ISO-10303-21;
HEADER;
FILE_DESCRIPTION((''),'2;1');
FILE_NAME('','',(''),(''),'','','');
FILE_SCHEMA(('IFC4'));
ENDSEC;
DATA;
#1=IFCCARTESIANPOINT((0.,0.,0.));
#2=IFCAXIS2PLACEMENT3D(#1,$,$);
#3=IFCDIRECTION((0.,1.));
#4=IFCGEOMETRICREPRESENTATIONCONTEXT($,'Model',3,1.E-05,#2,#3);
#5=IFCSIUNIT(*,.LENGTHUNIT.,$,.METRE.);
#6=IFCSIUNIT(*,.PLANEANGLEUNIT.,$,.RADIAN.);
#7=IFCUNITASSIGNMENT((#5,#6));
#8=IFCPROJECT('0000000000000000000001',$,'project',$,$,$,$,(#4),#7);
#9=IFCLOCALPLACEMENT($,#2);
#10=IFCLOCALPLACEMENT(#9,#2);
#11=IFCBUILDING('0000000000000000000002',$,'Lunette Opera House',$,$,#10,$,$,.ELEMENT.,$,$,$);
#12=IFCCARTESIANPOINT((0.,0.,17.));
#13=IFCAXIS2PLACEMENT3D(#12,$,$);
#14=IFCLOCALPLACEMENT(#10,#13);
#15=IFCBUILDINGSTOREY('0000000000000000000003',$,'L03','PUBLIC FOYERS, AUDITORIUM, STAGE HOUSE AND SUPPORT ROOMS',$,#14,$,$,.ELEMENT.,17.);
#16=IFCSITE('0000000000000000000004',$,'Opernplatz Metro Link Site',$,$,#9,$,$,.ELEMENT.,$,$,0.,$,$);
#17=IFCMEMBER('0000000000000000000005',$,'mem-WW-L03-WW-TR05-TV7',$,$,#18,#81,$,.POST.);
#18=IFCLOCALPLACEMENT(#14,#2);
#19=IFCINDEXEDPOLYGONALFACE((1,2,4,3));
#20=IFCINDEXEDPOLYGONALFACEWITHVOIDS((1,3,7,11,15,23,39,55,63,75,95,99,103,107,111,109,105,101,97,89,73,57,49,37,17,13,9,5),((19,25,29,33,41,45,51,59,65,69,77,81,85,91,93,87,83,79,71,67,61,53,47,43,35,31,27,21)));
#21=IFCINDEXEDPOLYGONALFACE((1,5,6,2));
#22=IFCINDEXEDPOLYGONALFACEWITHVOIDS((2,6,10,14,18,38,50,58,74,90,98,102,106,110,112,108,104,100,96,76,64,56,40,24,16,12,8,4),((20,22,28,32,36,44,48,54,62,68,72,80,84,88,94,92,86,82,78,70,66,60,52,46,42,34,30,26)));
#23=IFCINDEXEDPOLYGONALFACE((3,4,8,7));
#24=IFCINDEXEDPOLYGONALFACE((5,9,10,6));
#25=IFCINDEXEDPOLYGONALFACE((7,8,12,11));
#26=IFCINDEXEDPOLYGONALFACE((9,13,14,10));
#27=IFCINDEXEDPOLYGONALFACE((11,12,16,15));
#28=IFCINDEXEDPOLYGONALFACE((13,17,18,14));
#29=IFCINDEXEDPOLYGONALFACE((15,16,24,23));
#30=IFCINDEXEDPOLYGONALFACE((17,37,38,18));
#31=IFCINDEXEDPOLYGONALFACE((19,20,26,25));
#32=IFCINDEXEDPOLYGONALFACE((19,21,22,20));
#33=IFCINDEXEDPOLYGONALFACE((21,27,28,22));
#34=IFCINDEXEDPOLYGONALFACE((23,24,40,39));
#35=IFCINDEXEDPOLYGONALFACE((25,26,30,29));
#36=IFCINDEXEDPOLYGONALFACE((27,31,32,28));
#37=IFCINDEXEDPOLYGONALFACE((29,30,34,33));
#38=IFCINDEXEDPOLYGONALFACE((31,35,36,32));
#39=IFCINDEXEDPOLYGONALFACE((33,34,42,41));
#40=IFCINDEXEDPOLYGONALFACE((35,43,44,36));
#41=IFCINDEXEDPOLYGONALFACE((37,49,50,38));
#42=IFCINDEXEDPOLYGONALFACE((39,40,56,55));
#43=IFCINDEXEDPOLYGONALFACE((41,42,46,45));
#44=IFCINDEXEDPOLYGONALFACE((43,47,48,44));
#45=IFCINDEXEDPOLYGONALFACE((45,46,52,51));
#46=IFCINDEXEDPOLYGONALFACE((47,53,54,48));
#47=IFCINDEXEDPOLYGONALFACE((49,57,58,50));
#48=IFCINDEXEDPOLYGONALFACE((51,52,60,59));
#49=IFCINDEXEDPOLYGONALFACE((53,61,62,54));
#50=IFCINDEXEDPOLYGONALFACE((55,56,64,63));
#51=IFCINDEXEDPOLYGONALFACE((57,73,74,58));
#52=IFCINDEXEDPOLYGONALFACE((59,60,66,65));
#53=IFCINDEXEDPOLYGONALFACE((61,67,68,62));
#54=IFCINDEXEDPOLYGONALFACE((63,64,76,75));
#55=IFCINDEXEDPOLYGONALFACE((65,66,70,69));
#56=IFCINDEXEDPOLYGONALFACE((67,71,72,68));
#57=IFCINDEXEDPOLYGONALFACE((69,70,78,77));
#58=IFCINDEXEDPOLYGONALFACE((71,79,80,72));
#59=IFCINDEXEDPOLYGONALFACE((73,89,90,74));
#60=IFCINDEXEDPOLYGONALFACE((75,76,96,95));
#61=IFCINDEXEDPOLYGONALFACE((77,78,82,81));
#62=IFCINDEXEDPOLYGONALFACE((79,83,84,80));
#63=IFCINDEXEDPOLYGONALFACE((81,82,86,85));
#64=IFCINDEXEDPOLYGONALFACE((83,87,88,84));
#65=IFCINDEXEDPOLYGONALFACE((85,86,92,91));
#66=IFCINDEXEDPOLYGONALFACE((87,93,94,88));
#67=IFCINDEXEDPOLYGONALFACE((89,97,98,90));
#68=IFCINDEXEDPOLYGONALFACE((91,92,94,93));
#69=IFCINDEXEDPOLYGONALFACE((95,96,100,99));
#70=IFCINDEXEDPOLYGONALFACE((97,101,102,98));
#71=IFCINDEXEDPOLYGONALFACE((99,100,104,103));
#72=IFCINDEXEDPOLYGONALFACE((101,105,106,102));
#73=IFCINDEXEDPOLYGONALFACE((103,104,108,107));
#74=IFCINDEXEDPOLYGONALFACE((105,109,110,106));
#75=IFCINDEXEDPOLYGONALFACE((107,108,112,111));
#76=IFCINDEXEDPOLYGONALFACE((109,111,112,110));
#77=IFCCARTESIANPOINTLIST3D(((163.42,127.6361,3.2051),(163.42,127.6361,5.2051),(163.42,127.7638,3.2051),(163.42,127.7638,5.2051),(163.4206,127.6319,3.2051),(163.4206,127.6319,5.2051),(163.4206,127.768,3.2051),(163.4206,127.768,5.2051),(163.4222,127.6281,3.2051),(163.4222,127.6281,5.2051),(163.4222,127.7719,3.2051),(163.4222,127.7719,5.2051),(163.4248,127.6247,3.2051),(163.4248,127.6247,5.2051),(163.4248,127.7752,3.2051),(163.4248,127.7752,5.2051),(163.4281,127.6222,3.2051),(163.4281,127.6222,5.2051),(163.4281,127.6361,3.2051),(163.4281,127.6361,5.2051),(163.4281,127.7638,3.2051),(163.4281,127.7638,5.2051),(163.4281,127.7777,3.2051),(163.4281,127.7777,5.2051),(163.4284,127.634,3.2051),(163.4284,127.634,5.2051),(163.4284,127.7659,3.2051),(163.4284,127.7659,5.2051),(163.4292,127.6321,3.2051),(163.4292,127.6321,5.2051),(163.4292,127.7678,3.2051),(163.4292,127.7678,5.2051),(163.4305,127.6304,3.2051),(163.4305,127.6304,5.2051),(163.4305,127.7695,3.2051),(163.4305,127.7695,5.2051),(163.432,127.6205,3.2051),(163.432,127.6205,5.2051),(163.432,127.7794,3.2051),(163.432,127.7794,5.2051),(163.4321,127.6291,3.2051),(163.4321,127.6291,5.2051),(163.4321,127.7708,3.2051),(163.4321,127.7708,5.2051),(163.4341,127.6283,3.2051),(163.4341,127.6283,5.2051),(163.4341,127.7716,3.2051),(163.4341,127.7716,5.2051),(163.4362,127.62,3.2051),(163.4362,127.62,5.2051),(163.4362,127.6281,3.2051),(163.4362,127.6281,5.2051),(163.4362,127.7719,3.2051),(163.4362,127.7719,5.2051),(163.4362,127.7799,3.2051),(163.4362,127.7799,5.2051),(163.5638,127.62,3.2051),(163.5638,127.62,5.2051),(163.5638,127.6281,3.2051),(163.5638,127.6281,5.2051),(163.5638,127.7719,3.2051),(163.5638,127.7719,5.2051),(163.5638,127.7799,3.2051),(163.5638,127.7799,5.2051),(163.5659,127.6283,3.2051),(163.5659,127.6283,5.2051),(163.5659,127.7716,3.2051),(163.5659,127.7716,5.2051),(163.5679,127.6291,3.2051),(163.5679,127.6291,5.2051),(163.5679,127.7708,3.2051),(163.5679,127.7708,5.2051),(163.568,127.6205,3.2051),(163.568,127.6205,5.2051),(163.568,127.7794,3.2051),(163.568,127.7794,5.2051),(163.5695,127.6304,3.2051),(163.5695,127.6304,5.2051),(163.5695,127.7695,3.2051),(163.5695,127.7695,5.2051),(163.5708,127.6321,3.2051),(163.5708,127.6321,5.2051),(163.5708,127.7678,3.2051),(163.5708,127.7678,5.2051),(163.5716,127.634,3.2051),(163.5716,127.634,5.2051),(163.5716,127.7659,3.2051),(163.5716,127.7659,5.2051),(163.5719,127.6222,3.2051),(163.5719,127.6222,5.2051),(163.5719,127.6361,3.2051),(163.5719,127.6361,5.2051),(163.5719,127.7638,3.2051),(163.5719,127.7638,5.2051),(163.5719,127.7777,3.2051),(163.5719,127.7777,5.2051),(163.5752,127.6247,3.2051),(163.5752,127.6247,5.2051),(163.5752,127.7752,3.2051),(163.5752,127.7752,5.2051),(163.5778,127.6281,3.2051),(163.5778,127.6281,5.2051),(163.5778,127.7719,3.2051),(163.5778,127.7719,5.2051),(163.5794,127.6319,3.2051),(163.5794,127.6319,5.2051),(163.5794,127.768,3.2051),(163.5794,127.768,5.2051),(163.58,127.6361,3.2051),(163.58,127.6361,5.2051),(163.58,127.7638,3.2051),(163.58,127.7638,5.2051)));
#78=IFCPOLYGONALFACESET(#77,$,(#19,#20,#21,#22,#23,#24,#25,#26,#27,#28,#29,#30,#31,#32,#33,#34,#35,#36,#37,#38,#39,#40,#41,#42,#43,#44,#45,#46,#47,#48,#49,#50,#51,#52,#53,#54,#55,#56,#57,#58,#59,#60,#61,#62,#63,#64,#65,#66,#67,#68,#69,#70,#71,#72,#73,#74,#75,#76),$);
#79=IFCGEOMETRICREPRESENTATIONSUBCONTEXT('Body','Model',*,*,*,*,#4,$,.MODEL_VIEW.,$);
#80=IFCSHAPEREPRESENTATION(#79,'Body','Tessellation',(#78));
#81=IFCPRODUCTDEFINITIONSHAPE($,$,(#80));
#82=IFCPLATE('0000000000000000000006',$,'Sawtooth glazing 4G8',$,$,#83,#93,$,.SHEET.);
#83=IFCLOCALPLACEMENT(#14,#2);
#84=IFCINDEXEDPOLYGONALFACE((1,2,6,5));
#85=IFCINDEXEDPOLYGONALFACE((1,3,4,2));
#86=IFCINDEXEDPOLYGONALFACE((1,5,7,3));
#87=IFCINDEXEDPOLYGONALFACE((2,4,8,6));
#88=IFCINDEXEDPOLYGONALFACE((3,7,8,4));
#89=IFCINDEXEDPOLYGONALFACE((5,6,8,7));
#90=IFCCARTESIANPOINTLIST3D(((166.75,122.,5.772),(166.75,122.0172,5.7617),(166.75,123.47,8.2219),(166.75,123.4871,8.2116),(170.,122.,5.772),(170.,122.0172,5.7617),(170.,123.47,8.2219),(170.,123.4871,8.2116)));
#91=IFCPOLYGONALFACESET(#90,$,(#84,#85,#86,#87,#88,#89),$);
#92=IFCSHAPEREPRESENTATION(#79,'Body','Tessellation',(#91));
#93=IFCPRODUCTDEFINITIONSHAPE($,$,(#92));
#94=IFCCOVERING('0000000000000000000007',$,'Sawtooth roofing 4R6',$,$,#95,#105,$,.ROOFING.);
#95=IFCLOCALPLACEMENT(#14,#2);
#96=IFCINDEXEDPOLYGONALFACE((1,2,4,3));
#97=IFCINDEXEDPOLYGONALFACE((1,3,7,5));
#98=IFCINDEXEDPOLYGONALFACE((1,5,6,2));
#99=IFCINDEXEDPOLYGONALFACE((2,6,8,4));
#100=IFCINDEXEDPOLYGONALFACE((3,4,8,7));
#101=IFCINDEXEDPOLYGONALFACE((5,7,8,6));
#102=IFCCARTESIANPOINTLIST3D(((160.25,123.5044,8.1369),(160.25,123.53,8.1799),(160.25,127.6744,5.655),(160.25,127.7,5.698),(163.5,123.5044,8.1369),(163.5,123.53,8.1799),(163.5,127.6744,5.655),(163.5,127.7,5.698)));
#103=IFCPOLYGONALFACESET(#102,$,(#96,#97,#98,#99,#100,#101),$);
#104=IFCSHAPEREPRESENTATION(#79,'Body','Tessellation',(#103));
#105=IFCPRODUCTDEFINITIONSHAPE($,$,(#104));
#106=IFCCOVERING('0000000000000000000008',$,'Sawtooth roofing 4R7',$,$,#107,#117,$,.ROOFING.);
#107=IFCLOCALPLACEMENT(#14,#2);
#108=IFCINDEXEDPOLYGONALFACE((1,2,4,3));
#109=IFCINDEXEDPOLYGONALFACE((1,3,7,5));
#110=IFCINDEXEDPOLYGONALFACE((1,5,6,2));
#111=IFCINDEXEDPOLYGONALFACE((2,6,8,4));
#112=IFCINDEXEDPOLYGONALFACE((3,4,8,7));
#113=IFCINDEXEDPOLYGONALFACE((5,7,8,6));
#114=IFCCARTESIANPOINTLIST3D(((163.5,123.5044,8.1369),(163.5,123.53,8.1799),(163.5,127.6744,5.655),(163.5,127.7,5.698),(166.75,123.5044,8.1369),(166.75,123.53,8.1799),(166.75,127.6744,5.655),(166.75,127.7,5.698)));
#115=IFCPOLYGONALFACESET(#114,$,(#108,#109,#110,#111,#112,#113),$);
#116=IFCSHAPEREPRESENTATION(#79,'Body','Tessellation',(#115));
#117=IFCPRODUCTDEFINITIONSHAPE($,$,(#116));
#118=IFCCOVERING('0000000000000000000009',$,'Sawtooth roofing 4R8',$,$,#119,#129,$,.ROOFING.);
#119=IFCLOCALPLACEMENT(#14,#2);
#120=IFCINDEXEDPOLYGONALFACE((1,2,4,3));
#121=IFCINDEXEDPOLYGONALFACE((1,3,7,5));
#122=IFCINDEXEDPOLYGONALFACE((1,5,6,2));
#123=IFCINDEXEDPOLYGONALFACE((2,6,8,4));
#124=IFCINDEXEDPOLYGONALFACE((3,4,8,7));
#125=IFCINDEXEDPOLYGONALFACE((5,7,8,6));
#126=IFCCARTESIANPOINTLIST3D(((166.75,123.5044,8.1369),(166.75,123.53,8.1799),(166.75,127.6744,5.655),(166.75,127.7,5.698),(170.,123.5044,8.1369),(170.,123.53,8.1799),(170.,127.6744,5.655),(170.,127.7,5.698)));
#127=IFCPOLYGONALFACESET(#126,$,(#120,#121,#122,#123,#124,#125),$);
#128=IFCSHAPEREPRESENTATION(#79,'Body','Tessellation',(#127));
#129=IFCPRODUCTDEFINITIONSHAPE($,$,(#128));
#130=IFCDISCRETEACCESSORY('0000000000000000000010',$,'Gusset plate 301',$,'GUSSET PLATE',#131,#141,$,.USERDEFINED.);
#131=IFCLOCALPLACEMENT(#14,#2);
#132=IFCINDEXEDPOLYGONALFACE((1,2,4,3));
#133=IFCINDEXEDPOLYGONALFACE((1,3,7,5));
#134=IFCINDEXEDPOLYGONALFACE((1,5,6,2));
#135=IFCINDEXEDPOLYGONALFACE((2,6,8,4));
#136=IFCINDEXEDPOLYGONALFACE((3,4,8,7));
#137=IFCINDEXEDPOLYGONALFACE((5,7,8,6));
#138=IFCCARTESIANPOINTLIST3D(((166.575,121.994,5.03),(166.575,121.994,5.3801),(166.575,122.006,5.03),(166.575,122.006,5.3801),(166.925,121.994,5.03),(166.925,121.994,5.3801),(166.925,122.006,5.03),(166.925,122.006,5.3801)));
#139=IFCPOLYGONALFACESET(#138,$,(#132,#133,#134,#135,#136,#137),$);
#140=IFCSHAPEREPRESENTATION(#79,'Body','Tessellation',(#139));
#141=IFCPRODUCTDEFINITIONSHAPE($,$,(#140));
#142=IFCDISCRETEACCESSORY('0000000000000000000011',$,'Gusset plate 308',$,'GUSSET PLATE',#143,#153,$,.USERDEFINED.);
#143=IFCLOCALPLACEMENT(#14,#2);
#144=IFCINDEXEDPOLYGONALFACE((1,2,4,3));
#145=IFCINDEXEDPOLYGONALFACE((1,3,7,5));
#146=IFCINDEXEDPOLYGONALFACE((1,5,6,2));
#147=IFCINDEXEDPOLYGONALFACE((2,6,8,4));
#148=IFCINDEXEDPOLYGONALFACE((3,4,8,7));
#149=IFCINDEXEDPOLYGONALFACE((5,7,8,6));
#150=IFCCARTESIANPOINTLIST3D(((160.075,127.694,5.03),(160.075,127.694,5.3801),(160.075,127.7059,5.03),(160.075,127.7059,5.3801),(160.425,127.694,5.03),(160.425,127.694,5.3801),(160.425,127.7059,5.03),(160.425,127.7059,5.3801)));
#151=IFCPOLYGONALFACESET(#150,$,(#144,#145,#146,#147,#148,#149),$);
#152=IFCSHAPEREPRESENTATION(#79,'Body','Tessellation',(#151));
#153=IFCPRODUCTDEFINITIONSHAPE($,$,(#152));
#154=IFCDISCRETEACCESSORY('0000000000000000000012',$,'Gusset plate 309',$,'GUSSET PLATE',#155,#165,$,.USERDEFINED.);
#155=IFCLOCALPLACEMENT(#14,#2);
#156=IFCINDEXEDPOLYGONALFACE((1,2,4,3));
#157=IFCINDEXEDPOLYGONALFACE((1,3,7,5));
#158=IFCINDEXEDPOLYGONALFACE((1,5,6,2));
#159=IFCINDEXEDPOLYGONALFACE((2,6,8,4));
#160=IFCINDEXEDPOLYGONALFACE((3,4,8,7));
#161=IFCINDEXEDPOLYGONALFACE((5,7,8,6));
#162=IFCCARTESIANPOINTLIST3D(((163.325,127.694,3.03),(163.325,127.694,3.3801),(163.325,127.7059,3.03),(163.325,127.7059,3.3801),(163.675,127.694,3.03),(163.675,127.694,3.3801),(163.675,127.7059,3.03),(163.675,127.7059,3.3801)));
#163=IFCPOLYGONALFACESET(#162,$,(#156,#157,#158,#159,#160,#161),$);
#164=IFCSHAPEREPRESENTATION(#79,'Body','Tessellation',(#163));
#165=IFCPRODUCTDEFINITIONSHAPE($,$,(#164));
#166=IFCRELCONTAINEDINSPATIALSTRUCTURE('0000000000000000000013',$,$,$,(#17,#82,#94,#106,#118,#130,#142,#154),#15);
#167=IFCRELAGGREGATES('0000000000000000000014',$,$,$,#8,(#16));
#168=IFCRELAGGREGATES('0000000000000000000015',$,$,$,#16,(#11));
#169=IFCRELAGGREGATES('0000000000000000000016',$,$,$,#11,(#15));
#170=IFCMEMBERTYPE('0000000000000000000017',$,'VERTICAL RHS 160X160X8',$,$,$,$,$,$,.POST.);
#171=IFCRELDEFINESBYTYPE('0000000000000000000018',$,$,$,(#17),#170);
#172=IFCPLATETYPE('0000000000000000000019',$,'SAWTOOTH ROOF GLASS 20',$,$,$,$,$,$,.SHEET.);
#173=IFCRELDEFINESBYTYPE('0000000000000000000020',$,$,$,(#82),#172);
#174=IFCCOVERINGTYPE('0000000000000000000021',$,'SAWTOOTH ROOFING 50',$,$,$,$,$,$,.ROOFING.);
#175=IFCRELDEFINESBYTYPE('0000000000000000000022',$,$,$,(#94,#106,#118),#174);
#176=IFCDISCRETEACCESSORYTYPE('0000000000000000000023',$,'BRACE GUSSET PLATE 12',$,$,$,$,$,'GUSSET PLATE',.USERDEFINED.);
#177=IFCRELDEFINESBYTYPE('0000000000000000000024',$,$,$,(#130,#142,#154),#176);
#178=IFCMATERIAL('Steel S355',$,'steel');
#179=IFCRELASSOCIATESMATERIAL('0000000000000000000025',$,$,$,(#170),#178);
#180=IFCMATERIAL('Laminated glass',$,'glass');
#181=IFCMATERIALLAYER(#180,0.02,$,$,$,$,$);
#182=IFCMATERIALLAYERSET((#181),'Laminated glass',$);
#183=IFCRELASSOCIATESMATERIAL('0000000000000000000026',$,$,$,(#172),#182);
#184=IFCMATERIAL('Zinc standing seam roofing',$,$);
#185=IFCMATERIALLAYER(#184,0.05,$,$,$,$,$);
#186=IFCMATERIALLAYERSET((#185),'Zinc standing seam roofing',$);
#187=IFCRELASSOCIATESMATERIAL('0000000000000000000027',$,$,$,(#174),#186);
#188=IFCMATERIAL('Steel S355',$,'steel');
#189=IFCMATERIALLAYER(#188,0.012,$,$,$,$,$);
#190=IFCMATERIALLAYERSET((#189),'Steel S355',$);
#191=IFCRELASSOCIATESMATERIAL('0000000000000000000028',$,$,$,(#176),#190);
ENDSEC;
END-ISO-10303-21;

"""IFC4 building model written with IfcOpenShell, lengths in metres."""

from ifc_helpers import new_model, si_unit, direction, frame, origin, origin_2d, place, context, subcontext, project, spatial, polyline, rectangle, hollow_rectangle, outline, extrude, material, layer, layer_set, material_profile, profile_set, type_object, element, save


model = new_model("IFC4")

# Units and contexts
model_context = context("Model", 3, precision=1e-05, world=origin(), true_north=direction((0.0, 1.0)))
body_context = subcontext(model_context, "Body", "Model", "MODEL_VIEW")
ifc_project = project(units=[si_unit("LENGTHUNIT", "METRE"), si_unit("PLANEANGLEUNIT", "RADIAN")], contexts=[model_context])

# Site, building, storey
site_placement = place(None, origin())
site = spatial("IfcSite", under=ifc_project, at=site_placement, Name="Opernplatz Metro Link Site", CompositionType="ELEMENT", RefElevation=0.0)
building_placement = place(site_placement, origin())
building = spatial("IfcBuilding", under=site, at=building_placement, Name="Lunette Opera House", CompositionType="ELEMENT")
storey_placement = place(building_placement, frame((0.0, 0.0, 17.0)))
storey = spatial("IfcBuildingStorey", under=building, at=storey_placement, Name="L03", Description="PUBLIC FOYERS, AUDITORIUM, STAGE HOUSE AND SUPPORT ROOMS", CompositionType="ELEMENT", Elevation=17.0)

# Member
ifc_material_1 = material(Name="Steel S355", Category="steel")
ifc_material_profile_1 = material_profile(ifc_material_1, hollow_rectangle(XDim=0.1599, YDim=0.1599, WallThickness=0.0081, InnerFilletRadius=0.0081, OuterFilletRadius=0.0161, at=origin_2d()), Name="RHS 160X160X8")
ifc_profile_set_1 = profile_set([ifc_material_profile_1], Name="Steel S355")
member_type_1 = type_object("IfcMemberType", Name="VERTICAL RHS 160X160X8", PredefinedType="POST", material=ifc_profile_set_1)
for number, where, z_axis, x_axis, name in (
    (1, (163.5, 127.7, 3.2051), (0.0, 0.0, 1.0), (1.0, 0.0, 0.0), "mem-WW-L03-WW-TR05-TV7"),
):
    element("IfcMember", number, at=place(storey_placement, frame(where, z_axis=z_axis, x_axis=x_axis)), inside=storey, type_object=member_type_1, Name=name, PredefinedType="POST", context=body_context, shape_type="SweptSolid", body=[
        extrude(hollow_rectangle(XDim=0.1599, YDim=0.1599, WallThickness=0.0081, InnerFilletRadius=0.0081, OuterFilletRadius=0.0161, at=origin_2d()), origin(), (0.0, 0.0, 1.0), 2.0),
    ])

# Plate
ifc_material_2 = material(Name="Laminated glass", Category="glass")
ifc_layer_1 = layer(ifc_material_2, 0.02)
ifc_layer_set_1 = layer_set([ifc_layer_1], Name="Laminated glass")
plate_type = type_object("IfcPlateType", Name="SAWTOOTH ROOF GLASS 20", PredefinedType="SHEET", material=ifc_layer_set_1)
plate_placement = place(storey_placement, frame((166.75, 122.0, 5.772), z_axis=(0.0, -0.857493, 0.514496), x_axis=(1.0, 0.0, 0.0)))
element("IfcPlate", 2, at=plate_placement, inside=storey, type_object=plate_type, Name="Sawtooth glazing 4G8", PredefinedType="SHEET", context=body_context, shape_type="SweptSolid", body=[
    extrude(outline(polyline([(0.0, 0.0), (3.25, 0.0), (3.25, 2.8571), (0.0, 2.8571), (0.0, 0.0)])), origin(), (0.0, 0.0, -1.0), 0.02),
])

# Coverings
ifc_material_3 = material(Name="Zinc standing seam roofing")
ifc_layer_2 = layer(ifc_material_3, 0.05)
ifc_layer_set_2 = layer_set([ifc_layer_2], Name="Zinc standing seam roofing")
covering_type = type_object("IfcCoveringType", Name="SAWTOOTH ROOFING 50", PredefinedType="ROOFING", material=ifc_layer_set_2)
for number, where, z_axis, x_axis, name in (
    (3, (160.25, 123.53, 8.1799), (0.0, 0.511459, 0.859308), (1.0, 0.0, 0.0), "Sawtooth roofing 4R6"),
    (4, (163.5, 123.53, 8.1799), (0.0, 0.511459, 0.859308), (1.0, 0.0, 0.0), "Sawtooth roofing 4R7"),
    (5, (166.75, 123.53, 8.1799), (0.0, 0.511459, 0.859308), (1.0, 0.0, 0.0), "Sawtooth roofing 4R8"),
):
    element("IfcCovering", number, at=place(storey_placement, frame(where, z_axis=z_axis, x_axis=x_axis)), inside=storey, type_object=covering_type, Name=name, PredefinedType="ROOFING", context=body_context, shape_type="SweptSolid", body=[
        extrude(outline(polyline([(0.0, 0.0), (3.25, 0.0), (3.25, 4.8527), (0.0, 4.8527), (0.0, 0.0)])), origin(), (0.0, 0.0, -1.0), 0.05),
    ])

# Discrete accessories
ifc_material_4 = material(Name="Steel S355", Category="steel")
ifc_layer_3 = layer(ifc_material_4, 0.012)
ifc_layer_set_3 = layer_set([ifc_layer_3], Name="Steel S355")
discrete_accessory_type = type_object("IfcDiscreteAccessoryType", Name="BRACE GUSSET PLATE 12", ElementType="GUSSET PLATE", PredefinedType="USERDEFINED", material=ifc_layer_set_3)
for number, where, z_axis, x_axis, name in (
    (6, (166.75, 122.0, 5.03), (0.0, 0.0, 1.0), (1.0, 0.0, 0.0), "Gusset plate 301"),
    (7, (160.25, 127.7, 5.03), (0.0, 0.0, 1.0), (1.0, 0.0, 0.0), "Gusset plate 308"),
    (8, (163.5, 127.7, 3.03), (0.0, 0.0, 1.0), (1.0, 0.0, 0.0), "Gusset plate 309"),
):
    element("IfcDiscreteAccessory", number, at=place(storey_placement, frame(where, z_axis=z_axis, x_axis=x_axis)), inside=storey, type_object=discrete_accessory_type, Name=name, ObjectType="GUSSET PLATE", PredefinedType="USERDEFINED", context=body_context, shape_type="SweptSolid", body=[
        extrude(rectangle(XDim=0.3501, YDim=0.012, at=origin_2d()), origin(), (0.0, 0.0, 1.0), 0.3501),
    ])

save(model, "model.ifc")
